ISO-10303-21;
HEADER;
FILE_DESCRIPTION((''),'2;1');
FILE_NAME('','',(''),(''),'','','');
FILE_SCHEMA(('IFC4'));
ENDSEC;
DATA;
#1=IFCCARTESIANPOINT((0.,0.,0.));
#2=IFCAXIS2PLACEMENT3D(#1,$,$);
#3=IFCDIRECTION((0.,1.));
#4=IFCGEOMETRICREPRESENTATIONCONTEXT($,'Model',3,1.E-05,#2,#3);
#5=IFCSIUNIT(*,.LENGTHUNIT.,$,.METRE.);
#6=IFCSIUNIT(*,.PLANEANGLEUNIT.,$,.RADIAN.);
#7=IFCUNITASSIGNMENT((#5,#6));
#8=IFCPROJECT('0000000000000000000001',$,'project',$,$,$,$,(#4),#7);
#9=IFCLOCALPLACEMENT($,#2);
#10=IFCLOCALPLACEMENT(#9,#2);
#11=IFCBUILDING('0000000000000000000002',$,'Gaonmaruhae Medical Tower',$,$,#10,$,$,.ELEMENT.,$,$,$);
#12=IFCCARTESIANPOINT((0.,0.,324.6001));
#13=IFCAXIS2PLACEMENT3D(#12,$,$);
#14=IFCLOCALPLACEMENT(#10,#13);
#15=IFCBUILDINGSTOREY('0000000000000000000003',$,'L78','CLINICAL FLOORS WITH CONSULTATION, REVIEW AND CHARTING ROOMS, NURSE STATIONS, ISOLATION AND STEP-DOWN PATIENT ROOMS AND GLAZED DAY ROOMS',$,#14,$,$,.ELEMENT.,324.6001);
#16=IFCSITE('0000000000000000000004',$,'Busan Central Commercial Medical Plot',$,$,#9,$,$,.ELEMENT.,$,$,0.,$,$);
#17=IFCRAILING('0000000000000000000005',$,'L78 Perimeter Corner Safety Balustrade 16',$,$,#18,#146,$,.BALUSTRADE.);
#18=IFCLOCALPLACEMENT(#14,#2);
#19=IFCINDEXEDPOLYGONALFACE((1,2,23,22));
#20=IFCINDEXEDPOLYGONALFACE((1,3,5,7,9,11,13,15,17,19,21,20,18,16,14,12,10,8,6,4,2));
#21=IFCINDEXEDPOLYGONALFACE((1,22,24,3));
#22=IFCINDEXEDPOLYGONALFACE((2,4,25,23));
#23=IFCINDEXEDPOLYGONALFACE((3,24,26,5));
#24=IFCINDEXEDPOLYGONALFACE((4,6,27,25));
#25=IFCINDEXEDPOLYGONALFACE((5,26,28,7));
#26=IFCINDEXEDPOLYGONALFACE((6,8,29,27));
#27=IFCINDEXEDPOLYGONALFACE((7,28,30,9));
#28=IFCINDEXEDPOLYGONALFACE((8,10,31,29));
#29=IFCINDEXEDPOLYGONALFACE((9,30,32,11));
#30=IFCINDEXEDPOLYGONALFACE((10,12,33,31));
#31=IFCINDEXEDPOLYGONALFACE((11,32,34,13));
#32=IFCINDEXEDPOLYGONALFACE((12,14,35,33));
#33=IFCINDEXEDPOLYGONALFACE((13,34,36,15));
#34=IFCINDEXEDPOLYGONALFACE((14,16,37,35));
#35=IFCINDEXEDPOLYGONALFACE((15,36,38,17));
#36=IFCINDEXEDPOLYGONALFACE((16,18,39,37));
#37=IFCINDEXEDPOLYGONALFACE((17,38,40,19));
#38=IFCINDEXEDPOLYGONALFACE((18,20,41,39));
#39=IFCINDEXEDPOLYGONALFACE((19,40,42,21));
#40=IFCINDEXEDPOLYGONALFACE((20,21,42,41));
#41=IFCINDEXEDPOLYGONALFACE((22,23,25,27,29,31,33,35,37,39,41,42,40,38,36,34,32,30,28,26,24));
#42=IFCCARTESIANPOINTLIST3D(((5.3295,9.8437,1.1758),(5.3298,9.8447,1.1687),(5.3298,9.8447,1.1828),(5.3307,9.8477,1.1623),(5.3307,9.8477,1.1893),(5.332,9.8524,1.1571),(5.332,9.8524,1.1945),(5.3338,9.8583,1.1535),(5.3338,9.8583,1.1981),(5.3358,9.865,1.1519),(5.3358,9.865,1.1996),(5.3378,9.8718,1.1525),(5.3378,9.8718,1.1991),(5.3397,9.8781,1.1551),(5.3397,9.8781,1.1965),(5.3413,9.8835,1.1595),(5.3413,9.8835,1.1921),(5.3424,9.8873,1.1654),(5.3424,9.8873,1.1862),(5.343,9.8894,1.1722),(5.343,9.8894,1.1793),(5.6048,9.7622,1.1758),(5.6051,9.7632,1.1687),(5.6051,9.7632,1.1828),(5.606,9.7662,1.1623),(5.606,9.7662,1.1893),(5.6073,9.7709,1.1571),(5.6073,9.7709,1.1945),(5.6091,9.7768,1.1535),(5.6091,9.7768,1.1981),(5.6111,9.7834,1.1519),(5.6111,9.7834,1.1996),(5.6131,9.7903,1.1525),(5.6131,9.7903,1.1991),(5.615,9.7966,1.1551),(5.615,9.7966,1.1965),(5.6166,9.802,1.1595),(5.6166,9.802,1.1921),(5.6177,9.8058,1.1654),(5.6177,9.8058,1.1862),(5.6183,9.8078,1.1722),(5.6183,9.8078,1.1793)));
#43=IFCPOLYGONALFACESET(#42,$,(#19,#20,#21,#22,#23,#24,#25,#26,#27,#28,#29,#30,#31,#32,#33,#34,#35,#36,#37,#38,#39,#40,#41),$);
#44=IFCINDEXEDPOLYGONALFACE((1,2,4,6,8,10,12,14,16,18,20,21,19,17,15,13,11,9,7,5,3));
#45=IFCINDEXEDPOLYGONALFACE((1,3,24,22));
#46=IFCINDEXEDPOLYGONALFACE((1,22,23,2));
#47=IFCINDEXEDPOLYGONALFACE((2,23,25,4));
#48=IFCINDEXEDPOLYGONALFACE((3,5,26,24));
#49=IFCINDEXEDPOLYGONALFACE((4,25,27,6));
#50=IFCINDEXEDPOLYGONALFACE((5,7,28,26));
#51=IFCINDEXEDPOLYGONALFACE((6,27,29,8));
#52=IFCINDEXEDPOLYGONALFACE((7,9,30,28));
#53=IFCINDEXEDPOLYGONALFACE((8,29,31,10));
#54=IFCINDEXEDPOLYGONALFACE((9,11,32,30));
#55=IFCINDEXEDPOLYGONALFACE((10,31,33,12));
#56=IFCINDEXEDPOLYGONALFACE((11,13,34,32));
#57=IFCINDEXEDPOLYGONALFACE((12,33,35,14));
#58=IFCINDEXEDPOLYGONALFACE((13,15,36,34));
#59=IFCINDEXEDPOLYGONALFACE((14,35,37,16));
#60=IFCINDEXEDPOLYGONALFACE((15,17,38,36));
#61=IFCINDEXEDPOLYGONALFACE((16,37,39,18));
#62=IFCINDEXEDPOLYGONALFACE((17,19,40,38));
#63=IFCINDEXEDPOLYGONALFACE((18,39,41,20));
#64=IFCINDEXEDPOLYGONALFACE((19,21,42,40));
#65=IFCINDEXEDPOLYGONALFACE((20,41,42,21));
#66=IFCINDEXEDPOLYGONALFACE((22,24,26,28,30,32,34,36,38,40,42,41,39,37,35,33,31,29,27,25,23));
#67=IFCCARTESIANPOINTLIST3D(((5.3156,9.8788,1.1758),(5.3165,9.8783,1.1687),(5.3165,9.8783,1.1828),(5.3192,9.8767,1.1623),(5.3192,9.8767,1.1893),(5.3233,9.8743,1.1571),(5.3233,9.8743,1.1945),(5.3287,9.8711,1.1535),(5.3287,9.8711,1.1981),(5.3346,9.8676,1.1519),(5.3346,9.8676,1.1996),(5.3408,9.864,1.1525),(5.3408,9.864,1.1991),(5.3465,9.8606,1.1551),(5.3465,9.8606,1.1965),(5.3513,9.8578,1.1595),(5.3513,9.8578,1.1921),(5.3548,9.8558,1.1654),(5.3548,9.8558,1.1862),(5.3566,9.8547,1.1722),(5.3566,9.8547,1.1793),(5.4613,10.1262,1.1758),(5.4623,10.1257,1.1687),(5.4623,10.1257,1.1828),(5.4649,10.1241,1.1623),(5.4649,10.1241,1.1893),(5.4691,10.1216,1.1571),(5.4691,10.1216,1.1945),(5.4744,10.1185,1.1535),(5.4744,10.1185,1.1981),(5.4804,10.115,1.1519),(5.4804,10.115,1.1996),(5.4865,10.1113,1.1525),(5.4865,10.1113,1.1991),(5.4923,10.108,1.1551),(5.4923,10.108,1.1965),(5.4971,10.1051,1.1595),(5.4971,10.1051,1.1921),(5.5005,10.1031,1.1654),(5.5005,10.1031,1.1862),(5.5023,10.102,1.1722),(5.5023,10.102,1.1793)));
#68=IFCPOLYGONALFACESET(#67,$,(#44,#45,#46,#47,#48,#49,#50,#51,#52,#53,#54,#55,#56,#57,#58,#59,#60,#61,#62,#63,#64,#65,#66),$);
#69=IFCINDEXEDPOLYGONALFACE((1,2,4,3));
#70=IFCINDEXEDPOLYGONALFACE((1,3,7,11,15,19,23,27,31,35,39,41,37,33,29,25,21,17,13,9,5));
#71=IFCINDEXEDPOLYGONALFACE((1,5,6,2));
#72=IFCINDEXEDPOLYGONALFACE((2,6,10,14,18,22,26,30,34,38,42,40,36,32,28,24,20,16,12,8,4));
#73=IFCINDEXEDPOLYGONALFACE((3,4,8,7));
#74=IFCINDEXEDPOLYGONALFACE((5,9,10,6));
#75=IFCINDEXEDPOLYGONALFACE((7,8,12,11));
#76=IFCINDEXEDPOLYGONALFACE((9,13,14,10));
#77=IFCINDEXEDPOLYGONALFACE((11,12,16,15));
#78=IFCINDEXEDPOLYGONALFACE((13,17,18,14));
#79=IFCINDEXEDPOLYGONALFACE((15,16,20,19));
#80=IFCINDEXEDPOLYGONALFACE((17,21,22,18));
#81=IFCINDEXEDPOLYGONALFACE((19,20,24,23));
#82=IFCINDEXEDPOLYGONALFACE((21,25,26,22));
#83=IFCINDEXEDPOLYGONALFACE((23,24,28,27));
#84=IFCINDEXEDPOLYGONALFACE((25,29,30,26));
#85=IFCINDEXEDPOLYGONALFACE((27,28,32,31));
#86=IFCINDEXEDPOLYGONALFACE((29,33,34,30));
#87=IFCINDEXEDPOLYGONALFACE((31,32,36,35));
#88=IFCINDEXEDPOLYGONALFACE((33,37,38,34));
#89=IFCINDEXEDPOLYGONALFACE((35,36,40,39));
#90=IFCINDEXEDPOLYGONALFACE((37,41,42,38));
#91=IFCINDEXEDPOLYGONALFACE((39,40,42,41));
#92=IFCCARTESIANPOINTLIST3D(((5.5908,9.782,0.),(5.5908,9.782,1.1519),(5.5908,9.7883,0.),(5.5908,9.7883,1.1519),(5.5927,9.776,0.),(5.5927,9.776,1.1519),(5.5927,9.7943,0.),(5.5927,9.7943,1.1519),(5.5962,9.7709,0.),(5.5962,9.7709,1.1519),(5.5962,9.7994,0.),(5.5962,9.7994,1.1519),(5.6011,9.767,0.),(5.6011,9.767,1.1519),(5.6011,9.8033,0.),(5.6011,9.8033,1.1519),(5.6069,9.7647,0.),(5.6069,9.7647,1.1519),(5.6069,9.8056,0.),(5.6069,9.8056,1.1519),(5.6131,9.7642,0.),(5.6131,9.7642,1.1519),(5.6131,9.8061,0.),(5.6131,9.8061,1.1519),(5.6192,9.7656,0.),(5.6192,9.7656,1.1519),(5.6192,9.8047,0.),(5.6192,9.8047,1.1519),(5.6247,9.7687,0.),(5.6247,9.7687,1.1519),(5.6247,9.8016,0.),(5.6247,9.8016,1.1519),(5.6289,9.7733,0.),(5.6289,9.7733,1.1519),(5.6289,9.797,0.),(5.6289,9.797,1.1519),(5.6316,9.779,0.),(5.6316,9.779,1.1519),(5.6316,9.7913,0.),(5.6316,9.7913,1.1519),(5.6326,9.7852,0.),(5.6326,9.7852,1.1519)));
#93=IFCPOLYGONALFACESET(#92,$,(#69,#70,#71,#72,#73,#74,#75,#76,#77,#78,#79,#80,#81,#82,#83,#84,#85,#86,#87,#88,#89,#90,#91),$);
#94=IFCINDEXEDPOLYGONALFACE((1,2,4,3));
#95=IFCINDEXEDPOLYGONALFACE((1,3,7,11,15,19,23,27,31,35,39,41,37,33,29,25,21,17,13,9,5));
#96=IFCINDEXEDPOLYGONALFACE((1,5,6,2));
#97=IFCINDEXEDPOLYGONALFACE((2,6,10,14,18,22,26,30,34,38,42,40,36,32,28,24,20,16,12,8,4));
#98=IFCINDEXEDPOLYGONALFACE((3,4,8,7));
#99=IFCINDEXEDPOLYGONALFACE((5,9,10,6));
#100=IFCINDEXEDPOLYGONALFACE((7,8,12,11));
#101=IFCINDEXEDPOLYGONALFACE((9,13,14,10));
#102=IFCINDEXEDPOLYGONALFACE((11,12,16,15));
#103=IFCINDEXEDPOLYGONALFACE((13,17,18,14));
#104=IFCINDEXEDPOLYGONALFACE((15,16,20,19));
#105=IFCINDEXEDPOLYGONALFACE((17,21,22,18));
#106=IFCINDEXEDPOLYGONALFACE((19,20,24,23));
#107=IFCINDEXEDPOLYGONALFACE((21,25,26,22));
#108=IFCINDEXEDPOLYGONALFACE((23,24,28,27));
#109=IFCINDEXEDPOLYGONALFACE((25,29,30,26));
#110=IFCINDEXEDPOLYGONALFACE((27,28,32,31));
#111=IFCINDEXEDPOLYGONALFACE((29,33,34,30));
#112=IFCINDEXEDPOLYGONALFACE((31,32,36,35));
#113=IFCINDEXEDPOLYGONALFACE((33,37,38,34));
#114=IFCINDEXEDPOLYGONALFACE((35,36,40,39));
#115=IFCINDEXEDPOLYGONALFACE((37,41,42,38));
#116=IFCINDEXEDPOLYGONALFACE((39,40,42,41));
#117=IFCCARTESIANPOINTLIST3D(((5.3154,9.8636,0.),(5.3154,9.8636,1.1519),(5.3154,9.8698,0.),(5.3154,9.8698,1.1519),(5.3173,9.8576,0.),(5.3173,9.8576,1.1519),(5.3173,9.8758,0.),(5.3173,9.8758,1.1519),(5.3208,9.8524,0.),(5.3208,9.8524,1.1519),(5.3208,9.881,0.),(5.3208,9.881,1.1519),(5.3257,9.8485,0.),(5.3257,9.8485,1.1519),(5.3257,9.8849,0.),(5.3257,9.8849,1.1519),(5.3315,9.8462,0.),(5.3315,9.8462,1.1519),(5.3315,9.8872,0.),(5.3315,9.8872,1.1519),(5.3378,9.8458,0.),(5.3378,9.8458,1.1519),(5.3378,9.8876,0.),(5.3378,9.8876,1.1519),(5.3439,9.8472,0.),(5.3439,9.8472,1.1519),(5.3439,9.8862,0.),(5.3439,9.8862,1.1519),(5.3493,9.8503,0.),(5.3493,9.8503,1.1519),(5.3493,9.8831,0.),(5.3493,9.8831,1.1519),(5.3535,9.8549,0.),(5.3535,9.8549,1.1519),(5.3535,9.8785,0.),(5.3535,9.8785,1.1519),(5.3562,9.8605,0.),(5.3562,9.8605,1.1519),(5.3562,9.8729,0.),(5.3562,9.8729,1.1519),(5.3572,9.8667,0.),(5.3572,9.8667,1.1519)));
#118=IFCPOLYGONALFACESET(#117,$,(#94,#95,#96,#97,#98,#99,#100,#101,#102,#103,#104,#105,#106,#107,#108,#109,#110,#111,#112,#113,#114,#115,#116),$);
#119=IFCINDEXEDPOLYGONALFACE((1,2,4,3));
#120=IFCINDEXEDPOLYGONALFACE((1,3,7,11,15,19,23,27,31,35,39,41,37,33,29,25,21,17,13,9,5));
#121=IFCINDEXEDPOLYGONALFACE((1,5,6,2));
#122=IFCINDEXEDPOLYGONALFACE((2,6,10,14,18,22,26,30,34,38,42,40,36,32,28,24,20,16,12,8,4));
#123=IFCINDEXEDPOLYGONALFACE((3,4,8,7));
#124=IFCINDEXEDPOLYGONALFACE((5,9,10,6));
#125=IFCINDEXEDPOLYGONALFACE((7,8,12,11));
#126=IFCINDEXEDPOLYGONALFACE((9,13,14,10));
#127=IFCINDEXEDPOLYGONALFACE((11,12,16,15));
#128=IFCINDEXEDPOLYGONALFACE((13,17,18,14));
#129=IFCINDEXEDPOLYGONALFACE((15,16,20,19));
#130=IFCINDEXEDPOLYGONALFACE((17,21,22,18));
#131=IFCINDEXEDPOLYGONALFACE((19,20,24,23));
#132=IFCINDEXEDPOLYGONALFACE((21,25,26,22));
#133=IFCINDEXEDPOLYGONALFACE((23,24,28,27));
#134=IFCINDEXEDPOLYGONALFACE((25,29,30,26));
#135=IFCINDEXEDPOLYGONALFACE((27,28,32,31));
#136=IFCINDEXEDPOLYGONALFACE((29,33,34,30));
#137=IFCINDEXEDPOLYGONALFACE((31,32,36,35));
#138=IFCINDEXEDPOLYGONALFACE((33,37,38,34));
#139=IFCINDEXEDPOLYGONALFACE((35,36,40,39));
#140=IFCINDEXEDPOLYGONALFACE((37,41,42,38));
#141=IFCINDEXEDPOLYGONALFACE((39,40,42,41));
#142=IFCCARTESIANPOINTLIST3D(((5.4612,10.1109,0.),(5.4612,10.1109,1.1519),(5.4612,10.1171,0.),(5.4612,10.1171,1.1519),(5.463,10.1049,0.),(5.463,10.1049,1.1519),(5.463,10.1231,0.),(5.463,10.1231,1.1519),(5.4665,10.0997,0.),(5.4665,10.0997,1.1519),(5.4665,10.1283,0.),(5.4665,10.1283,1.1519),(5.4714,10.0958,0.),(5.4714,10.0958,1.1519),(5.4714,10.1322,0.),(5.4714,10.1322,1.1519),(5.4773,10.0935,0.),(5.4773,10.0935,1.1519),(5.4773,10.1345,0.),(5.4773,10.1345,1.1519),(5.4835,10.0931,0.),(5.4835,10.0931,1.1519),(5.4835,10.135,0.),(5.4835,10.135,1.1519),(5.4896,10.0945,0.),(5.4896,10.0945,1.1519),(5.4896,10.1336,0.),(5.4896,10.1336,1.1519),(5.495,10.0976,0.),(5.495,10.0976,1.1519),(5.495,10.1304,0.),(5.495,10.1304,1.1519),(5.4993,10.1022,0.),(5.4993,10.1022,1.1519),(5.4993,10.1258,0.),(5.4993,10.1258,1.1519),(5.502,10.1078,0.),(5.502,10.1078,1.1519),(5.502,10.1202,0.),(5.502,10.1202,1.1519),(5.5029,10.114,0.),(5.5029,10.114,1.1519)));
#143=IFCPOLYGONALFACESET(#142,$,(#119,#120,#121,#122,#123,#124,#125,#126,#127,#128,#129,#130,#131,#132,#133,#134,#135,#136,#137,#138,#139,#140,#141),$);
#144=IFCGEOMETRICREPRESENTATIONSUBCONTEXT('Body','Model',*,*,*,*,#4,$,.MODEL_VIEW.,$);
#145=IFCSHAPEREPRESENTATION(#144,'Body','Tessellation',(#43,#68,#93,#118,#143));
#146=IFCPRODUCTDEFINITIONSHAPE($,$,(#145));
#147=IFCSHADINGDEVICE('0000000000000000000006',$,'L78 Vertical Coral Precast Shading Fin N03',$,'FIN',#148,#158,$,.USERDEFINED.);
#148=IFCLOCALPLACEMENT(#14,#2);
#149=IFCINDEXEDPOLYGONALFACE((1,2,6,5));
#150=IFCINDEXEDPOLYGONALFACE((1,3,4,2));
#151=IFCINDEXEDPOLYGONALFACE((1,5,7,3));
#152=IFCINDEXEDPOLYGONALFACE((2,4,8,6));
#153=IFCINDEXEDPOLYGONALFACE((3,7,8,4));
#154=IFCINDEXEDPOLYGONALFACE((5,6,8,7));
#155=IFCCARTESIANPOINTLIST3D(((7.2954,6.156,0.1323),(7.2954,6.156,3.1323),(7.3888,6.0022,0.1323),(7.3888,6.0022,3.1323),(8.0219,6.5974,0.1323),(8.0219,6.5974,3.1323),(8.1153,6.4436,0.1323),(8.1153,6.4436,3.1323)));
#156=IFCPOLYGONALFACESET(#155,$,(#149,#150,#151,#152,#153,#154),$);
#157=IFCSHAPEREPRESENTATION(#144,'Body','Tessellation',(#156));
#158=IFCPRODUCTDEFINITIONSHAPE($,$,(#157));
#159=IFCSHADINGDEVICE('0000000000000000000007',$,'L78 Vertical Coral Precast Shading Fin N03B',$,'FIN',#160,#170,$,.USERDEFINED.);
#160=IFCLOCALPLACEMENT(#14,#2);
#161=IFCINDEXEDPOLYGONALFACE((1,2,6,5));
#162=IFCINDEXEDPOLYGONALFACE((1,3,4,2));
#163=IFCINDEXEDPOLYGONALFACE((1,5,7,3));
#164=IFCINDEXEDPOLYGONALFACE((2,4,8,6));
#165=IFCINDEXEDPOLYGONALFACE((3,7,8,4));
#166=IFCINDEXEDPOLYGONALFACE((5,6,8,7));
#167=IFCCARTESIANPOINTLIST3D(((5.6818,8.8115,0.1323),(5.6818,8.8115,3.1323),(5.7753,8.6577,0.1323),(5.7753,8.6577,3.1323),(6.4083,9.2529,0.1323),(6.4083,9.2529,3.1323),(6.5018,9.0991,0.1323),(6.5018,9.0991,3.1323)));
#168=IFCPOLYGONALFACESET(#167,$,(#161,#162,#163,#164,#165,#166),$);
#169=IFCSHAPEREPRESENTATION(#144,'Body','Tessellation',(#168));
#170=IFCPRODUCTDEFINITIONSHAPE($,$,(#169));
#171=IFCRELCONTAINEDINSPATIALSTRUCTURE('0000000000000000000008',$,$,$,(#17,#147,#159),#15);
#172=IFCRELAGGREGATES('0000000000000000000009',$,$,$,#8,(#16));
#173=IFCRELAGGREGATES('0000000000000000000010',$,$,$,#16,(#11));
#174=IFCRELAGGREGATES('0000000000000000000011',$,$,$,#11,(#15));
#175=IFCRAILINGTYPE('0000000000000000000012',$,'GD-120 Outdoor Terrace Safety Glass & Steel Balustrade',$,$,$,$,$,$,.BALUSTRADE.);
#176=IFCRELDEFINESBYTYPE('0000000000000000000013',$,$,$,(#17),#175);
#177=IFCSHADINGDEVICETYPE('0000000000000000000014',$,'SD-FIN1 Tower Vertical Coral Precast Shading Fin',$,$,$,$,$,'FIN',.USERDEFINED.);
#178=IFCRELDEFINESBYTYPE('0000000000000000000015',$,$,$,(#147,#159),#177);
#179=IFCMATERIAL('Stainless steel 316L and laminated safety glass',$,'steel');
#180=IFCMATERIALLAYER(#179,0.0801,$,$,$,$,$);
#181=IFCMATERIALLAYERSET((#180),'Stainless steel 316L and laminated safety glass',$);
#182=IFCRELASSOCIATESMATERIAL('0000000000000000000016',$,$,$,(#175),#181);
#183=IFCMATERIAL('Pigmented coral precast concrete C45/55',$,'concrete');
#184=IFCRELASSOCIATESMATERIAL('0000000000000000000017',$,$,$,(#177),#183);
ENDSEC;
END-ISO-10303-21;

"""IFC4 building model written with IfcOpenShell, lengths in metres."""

from ifc_helpers import new_model, si_unit, direction, frame, origin, origin_2d, place, context, subcontext, project, spatial, rectangle, circle, extrude, material, layer, layer_set, type_object, element, save


model = new_model("IFC4")

# Units and contexts
model_context = context("Model", 3, precision=1e-05, world=origin(), true_north=direction((0.0, 1.0)))
body_context = subcontext(model_context, "Body", "Model", "MODEL_VIEW")
ifc_project = project(units=[si_unit("LENGTHUNIT", "METRE"), si_unit("PLANEANGLEUNIT", "RADIAN")], contexts=[model_context])

# Site, building, storey
site_placement = place(None, origin())
site = spatial("IfcSite", under=ifc_project, at=site_placement, Name="Busan Central Commercial Medical Plot", CompositionType="ELEMENT", RefElevation=0.0)
building_placement = place(site_placement, origin())
building = spatial("IfcBuilding", under=site, at=building_placement, Name="Gaonmaruhae Medical Tower", CompositionType="ELEMENT")
storey_placement = place(building_placement, frame((0.0, 0.0, 324.6001)))
storey = spatial("IfcBuildingStorey", under=building, at=storey_placement, Name="L78", Description="CLINICAL FLOORS WITH CONSULTATION, REVIEW AND CHARTING ROOMS, NURSE STATIONS, ISOLATION AND STEP-DOWN PATIENT ROOMS AND GLAZED DAY ROOMS", CompositionType="ELEMENT", Elevation=324.6001)

# Railing
ifc_material_1 = material(Name="Stainless steel 316L and laminated safety glass", Category="steel")
ifc_layer_1 = layer(ifc_material_1, 0.0801)
ifc_layer_set_1 = layer_set([ifc_layer_1], Name="Stainless steel 316L and laminated safety glass")
railing_type = type_object("IfcRailingType", Name="GD-120 Outdoor Terrace Safety Glass & Steel Balustrade", PredefinedType="BALUSTRADE", material=ifc_layer_set_1)
railing_1_placement = place(storey_placement, frame((5.6116, 9.7852, 0.0)))
element("IfcRailing", 1, at=railing_1_placement, inside=storey, type_object=railing_type, Name="L78 Perimeter Corner Safety Balustrade 16", PredefinedType="BALUSTRADE", context=body_context, shape_type="SweptSolid", body=[
    extrude(circle(Radius=0.0239, at=origin_2d()), frame((0.0, 0.0, 1.1758), z_axis=(-0.95885, 0.283915, 0.0), x_axis=(-0.283915, -0.95885, 0.0)), (0.0, 0.0, 1.0), 0.2871),
    extrude(circle(Radius=0.0239, at=origin_2d()), frame((-0.2754, 0.0815, 1.1758), z_axis=(0.507726, 0.861519, 0.0), x_axis=(-0.861519, 0.507726, 0.0)), (0.0, 0.0, 1.0), 0.2871),
    extrude(circle(Radius=0.021, at=origin_2d()), origin(), (0.0, 0.0, 1.0), 1.1519),
    extrude(circle(Radius=0.021, at=origin_2d()), frame((-0.2754, 0.0815, 0.0)), (0.0, 0.0, 1.0), 1.1519),
    extrude(circle(Radius=0.021, at=origin_2d()), frame((-0.1296, 0.3289, 0.0)), (0.0, 0.0, 1.0), 1.1519),
])

# Shading devices
ifc_material_2 = material(Name="Pigmented coral precast concrete C45/55", Category="concrete")
shading_device_type = type_object("IfcShadingDeviceType", Name="SD-FIN1 Tower Vertical Coral Precast Shading Fin", ElementType="FIN", PredefinedType="USERDEFINED", material=ifc_material_2)
for number, where, z_axis, x_axis, name in (
    (2, (7.7053, 6.2998, 0.1323), (0.0, 0.0, 1.0), (-0.519251, 0.854622, 0.0), "L78 Vertical Coral Precast Shading Fin N03"),
    (3, (6.0918, 8.9553, 0.1323), (0.0, 0.0, 1.0), (-0.519251, 0.854622, 0.0), "L78 Vertical Coral Precast Shading Fin N03B"),
):
    element("IfcShadingDevice", number, at=place(storey_placement, frame(where, z_axis=z_axis, x_axis=x_axis)), inside=storey, type_object=shading_device_type, Name=name, ObjectType="FIN", PredefinedType="USERDEFINED", context=body_context, shape_type="SweptSolid", body=[
        extrude(rectangle(XDim=0.1799, YDim=0.8501, at=origin_2d()), origin(), (0.0, 0.0, 1.0), 3.0),
    ])

save(model, "model.ifc")
